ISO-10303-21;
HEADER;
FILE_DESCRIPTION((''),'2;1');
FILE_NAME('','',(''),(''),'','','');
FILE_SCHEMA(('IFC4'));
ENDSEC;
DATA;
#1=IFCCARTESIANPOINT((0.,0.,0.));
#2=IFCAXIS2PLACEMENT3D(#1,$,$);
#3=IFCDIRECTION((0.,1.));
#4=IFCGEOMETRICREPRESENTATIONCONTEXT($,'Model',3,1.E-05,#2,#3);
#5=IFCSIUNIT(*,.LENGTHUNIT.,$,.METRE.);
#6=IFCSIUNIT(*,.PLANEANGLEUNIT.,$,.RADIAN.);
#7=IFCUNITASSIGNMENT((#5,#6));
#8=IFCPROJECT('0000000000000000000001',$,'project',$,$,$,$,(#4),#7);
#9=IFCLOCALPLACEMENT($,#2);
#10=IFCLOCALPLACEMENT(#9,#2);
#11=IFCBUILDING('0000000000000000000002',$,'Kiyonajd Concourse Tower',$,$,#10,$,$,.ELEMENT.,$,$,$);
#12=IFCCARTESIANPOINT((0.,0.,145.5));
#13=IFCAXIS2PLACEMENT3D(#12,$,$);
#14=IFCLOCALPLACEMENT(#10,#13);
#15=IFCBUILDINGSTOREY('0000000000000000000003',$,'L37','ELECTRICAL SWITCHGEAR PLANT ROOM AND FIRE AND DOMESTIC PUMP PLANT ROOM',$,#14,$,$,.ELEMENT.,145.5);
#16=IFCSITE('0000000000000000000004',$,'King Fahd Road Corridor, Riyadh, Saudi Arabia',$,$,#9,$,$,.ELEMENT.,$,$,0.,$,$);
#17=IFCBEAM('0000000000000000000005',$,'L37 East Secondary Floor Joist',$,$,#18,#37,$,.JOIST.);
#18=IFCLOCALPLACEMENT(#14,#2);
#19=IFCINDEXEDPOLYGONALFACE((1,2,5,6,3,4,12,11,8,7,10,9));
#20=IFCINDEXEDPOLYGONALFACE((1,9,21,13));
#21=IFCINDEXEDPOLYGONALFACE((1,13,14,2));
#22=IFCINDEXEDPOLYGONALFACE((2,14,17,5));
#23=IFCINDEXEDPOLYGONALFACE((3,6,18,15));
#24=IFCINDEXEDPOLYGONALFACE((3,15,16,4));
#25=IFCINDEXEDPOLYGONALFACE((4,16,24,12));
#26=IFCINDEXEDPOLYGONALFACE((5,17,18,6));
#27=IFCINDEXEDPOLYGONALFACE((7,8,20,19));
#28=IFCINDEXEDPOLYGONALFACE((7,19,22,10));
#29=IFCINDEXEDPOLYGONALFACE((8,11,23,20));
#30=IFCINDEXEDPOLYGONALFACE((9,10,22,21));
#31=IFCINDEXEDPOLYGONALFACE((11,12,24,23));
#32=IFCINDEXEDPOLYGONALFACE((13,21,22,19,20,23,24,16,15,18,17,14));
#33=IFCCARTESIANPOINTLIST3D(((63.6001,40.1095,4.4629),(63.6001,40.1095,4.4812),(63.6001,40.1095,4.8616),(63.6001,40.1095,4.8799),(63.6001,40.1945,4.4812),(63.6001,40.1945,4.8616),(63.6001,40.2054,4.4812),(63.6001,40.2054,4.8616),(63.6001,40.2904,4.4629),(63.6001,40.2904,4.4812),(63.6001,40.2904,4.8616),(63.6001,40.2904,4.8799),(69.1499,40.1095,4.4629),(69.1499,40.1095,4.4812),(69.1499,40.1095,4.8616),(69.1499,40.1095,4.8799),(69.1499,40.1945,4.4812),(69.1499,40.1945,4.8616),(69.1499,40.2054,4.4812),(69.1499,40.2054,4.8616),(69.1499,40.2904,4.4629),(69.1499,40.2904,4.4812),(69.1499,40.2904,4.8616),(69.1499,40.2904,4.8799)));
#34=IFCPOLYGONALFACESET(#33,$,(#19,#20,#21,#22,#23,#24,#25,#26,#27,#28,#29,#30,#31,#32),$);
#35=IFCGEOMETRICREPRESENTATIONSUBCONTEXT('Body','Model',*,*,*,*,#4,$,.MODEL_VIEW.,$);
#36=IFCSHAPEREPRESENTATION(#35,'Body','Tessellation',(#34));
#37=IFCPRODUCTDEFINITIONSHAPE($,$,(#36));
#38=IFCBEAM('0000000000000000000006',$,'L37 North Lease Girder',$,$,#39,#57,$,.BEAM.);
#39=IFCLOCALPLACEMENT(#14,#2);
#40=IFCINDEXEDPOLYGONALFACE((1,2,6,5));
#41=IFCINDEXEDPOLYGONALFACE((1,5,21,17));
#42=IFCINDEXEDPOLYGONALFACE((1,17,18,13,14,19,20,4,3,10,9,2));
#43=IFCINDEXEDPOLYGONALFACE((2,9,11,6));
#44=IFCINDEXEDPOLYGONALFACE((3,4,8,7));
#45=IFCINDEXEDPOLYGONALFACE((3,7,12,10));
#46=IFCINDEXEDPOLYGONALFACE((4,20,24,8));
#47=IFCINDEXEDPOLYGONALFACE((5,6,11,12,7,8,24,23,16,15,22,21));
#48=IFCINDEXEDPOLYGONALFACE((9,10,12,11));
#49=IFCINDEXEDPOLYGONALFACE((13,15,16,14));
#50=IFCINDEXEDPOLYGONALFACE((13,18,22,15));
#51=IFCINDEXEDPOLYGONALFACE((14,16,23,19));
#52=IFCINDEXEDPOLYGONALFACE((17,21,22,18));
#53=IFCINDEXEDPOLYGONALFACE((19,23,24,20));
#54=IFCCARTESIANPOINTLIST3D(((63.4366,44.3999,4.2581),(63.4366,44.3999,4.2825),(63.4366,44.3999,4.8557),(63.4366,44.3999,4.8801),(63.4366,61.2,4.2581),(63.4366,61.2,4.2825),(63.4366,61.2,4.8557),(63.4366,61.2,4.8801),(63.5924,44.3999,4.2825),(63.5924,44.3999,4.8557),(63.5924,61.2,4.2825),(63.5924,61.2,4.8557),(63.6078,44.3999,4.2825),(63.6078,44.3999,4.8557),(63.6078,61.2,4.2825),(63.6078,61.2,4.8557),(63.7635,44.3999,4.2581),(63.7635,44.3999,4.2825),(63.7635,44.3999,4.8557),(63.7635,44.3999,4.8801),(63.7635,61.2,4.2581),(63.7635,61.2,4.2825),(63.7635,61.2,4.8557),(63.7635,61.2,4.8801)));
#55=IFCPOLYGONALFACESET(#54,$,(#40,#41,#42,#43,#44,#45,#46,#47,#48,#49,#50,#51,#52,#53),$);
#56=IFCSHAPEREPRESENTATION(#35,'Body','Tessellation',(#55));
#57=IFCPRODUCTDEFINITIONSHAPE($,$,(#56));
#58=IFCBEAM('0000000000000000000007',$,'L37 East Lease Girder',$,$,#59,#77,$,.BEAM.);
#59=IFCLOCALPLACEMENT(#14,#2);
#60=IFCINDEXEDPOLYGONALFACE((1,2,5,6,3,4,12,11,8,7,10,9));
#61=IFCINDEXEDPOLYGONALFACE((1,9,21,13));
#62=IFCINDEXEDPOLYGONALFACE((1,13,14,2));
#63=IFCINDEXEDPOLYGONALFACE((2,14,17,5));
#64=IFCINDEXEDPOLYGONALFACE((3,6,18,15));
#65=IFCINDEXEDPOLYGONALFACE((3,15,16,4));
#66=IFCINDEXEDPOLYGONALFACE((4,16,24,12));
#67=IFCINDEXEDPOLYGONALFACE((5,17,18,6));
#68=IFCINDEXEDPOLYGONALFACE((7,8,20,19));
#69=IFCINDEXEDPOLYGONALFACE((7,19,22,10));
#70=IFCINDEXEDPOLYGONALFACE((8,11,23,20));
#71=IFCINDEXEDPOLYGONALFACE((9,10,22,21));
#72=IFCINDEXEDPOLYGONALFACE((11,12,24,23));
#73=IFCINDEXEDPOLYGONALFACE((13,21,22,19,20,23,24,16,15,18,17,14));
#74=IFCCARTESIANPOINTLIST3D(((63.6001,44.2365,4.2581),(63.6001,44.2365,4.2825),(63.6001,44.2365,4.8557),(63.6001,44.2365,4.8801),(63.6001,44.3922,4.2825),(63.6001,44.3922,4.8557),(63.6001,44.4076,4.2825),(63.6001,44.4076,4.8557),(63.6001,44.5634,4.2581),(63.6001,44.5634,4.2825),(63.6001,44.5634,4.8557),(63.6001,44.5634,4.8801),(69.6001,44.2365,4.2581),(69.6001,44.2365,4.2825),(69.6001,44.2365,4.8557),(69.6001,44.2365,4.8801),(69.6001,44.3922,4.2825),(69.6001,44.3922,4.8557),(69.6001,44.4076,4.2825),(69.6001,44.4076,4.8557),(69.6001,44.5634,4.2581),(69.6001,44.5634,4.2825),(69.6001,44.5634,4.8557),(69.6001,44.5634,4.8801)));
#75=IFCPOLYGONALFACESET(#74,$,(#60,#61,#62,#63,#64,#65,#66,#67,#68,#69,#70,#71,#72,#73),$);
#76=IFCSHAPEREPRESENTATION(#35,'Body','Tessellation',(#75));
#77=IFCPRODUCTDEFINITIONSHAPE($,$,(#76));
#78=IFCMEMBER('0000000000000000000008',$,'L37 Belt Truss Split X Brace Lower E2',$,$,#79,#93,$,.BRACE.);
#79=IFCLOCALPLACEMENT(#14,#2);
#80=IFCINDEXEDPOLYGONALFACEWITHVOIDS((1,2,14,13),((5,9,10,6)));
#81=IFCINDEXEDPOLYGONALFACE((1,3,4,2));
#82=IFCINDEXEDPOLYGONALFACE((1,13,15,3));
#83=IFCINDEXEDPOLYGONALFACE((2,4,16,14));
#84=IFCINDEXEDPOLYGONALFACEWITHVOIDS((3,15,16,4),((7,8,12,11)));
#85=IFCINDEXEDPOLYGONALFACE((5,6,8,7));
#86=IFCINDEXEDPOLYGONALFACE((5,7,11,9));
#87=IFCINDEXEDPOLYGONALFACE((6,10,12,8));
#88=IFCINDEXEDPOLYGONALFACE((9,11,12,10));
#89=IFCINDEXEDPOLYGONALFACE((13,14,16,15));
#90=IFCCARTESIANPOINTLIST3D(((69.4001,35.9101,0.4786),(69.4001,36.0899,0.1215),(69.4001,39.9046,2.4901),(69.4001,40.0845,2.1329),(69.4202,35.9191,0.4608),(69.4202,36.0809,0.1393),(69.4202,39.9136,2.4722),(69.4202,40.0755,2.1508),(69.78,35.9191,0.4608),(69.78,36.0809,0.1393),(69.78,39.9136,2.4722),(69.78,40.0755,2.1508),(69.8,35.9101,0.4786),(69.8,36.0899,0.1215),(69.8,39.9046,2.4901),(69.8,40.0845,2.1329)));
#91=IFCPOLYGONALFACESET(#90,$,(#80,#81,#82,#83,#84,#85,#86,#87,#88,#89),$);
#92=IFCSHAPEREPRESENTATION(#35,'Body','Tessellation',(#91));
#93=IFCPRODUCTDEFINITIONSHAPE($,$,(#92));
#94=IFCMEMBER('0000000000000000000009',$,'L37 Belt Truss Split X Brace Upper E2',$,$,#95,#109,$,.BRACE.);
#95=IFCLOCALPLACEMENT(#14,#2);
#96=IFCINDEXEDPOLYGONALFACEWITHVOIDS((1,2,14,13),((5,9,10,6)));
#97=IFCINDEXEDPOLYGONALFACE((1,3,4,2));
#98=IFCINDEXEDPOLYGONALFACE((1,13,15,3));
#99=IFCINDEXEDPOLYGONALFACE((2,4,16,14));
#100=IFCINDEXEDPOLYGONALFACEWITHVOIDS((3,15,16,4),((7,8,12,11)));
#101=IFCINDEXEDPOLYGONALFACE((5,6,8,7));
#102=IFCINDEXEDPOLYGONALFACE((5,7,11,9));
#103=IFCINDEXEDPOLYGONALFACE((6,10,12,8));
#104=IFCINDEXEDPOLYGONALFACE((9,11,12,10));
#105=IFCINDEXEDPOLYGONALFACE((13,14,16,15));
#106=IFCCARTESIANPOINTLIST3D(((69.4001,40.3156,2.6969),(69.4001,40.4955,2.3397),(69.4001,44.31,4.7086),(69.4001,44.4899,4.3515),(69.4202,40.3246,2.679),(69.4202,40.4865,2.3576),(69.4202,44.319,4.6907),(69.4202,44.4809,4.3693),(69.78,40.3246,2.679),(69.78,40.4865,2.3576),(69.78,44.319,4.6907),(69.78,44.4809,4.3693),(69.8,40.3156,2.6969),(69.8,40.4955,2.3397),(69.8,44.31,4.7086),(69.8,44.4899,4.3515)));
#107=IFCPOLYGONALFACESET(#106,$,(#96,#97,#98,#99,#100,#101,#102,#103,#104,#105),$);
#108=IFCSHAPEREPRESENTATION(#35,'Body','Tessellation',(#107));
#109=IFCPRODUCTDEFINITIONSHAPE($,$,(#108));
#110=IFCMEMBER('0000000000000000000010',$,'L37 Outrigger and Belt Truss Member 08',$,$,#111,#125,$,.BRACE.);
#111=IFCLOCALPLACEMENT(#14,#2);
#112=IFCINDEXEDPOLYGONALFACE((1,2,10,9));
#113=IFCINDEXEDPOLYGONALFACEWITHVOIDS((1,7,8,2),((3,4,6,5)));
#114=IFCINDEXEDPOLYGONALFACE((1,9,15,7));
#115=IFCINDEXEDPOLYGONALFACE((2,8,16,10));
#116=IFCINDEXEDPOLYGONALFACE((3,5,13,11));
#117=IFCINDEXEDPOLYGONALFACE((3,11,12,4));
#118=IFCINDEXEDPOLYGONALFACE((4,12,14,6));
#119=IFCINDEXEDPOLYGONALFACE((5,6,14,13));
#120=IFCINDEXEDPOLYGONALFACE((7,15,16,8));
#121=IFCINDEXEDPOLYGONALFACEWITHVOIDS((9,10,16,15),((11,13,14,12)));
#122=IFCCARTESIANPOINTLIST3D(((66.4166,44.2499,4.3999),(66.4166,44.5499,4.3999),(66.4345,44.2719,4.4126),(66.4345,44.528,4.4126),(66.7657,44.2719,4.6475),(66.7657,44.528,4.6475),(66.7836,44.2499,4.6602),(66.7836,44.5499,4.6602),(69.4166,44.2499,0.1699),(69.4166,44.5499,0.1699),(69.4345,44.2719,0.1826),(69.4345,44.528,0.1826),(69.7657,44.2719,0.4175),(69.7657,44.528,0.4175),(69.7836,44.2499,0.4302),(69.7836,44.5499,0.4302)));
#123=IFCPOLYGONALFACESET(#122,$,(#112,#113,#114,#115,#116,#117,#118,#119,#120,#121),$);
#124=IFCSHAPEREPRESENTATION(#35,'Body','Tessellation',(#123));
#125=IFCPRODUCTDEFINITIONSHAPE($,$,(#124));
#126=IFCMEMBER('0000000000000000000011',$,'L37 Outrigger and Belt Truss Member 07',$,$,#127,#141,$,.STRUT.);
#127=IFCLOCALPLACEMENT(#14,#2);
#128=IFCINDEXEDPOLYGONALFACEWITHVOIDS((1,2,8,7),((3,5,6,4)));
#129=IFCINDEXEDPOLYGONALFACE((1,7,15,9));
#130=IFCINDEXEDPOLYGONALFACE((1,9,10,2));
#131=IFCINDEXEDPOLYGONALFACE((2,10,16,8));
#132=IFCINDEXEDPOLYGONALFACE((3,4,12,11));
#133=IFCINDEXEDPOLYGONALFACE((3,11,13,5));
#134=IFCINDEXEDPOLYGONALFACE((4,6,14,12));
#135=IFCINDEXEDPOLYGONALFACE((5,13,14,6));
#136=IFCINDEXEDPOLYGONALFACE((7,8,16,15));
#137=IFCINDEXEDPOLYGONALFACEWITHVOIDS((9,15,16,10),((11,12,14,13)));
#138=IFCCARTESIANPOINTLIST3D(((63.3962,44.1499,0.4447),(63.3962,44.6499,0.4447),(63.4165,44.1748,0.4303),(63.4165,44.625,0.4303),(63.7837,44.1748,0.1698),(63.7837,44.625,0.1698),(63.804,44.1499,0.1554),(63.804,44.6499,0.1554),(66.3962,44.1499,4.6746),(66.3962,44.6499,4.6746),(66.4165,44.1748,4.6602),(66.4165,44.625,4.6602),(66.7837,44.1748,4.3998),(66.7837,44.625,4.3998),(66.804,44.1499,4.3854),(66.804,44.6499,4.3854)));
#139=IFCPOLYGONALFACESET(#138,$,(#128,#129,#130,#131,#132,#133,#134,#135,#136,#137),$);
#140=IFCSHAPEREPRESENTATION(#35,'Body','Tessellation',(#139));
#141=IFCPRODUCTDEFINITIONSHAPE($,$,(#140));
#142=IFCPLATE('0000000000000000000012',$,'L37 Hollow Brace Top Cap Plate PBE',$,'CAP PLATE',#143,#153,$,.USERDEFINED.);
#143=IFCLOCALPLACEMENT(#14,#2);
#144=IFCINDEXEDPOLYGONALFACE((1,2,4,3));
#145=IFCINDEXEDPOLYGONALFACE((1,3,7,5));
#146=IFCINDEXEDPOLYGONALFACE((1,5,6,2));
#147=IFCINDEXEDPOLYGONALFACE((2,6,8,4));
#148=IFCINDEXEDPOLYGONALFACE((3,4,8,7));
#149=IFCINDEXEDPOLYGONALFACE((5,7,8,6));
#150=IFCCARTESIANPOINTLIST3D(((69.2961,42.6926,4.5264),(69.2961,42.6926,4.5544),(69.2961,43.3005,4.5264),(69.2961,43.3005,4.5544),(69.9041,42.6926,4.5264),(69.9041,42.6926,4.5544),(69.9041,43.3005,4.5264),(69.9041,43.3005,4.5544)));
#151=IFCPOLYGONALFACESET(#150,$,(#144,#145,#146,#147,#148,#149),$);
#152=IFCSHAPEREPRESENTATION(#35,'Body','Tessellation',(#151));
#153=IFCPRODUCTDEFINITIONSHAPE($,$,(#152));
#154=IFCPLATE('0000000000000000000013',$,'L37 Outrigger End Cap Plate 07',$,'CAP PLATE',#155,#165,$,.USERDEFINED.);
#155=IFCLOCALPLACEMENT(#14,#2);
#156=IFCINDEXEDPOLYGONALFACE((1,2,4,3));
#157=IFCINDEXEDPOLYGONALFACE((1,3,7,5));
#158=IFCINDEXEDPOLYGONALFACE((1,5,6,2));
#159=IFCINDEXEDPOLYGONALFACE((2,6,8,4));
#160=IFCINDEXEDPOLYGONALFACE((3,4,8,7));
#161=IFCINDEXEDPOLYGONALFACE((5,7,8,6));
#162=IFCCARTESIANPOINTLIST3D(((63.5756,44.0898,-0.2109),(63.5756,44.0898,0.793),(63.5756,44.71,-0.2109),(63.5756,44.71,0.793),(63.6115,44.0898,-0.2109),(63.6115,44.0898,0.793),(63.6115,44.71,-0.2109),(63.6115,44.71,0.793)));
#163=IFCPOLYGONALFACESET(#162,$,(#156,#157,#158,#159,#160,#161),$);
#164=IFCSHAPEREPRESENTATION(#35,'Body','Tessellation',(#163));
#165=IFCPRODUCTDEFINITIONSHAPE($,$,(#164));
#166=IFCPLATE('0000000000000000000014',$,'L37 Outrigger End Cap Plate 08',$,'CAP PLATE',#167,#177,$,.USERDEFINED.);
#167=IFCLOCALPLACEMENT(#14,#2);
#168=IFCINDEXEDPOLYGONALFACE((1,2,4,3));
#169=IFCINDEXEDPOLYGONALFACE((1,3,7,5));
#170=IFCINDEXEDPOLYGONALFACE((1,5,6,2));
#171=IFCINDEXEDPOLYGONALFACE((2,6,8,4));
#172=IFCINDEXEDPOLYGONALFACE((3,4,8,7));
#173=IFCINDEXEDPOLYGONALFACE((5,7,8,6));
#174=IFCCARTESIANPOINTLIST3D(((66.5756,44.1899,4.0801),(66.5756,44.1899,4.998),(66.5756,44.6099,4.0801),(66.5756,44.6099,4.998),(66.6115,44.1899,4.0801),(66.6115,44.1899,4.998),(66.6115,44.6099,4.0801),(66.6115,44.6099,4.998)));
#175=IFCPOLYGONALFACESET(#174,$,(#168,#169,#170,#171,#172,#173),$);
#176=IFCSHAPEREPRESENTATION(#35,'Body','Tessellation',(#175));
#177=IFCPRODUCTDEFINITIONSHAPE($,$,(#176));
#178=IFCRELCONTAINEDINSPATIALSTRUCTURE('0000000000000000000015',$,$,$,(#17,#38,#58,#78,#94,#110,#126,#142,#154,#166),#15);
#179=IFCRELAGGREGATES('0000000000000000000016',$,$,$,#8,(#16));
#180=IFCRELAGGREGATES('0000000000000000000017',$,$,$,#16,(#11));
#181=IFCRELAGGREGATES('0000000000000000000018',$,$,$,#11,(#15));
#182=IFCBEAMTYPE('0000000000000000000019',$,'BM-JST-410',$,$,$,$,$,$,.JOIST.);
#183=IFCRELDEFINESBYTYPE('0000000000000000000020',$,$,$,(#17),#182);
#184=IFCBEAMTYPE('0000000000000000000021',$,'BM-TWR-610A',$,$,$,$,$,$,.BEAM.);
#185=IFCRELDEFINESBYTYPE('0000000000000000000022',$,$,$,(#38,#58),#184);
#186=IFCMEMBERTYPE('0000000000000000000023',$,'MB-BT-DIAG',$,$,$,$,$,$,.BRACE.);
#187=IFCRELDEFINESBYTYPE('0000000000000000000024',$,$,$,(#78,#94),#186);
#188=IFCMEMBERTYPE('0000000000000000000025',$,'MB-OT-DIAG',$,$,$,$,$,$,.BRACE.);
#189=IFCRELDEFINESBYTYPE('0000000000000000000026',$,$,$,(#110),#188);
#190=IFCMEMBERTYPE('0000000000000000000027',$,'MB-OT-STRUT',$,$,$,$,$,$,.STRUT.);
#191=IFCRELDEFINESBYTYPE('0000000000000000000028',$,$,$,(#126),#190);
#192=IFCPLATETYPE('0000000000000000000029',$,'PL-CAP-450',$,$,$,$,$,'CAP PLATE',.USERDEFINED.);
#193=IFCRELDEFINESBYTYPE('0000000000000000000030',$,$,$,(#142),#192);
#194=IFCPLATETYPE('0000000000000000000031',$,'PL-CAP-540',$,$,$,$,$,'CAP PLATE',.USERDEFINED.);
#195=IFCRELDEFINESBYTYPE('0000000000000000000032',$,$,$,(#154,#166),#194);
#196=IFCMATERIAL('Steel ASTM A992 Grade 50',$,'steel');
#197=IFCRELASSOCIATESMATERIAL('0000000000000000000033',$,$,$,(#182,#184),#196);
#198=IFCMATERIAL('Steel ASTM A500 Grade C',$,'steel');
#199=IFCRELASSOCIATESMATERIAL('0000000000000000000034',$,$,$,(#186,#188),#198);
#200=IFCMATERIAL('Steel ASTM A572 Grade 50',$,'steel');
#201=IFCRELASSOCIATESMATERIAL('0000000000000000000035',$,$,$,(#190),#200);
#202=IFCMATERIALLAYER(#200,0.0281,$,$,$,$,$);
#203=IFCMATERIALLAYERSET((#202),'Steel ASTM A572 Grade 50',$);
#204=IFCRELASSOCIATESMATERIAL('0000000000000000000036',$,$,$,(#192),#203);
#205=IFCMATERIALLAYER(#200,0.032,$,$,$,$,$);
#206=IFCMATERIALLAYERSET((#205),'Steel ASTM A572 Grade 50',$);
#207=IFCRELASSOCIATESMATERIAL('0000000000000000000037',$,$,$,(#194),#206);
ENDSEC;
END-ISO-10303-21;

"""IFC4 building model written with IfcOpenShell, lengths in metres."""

from ifc_helpers import new_model, si_unit, direction, frame, origin, origin_2d, place, context, subcontext, project, spatial, rectangle, hollow_rectangle, i_section, extrude, material, layer, layer_set, material_profile, profile_set, type_object, element, save


model = new_model("IFC4")

# Units and contexts
model_context = context("Model", 3, precision=1e-05, world=origin(), true_north=direction((0.0, 1.0)))
body_context = subcontext(model_context, "Body", "Model", "MODEL_VIEW")
ifc_project = project(units=[si_unit("LENGTHUNIT", "METRE"), si_unit("PLANEANGLEUNIT", "RADIAN")], contexts=[model_context])

# Site, building, storey
site_placement = place(None, origin())
site = spatial("IfcSite", under=ifc_project, at=site_placement, Name="King Fahd Road Corridor, Riyadh, Saudi Arabia", CompositionType="ELEMENT", RefElevation=0.0)
building_placement = place(site_placement, origin())
building = spatial("IfcBuilding", under=site, at=building_placement, Name="Kiyonajd Concourse Tower", CompositionType="ELEMENT")
storey_placement = place(building_placement, frame((0.0, 0.0, 145.5)))
storey = spatial("IfcBuildingStorey", under=building, at=storey_placement, Name="L37", Description="ELECTRICAL SWITCHGEAR PLANT ROOM AND FIRE AND DOMESTIC PUMP PLANT ROOM", CompositionType="ELEMENT", Elevation=145.5)

# Beams
ifc_material_1 = material(Name="Steel ASTM A992 Grade 50", Category="steel")
ifc_material_profile_1 = material_profile(ifc_material_1, i_section(OverallWidth=0.1809, OverallDepth=0.417, WebThickness=0.011, FlangeThickness=0.0183, at=origin_2d()), Name="W410X85")
ifc_profile_set_1 = profile_set([ifc_material_profile_1], Name="Steel ASTM A992 Grade 50")
beam_type_1 = type_object("IfcBeamType", Name="BM-JST-410", PredefinedType="JOIST", material=ifc_profile_set_1)
beam_1_placement = place(storey_placement, frame((63.6001, 40.2, 4.6714), z_axis=(1.0, 0.0, 0.0), x_axis=(0.0, 1.0, 0.0)))
element("IfcBeam", 1, at=beam_1_placement, inside=storey, type_object=beam_type_1, Name="L37 East Secondary Floor Joist", PredefinedType="JOIST", context=body_context, shape_type="SweptSolid", body=[
    extrude(i_section(OverallWidth=0.1809, OverallDepth=0.417, WebThickness=0.011, FlangeThickness=0.0183, at=origin_2d()), origin(), (0.0, 0.0, 1.0), 5.5498),
])
ifc_material_profile_2 = material_profile(ifc_material_1, i_section(OverallWidth=0.3269, OverallDepth=0.6221, WebThickness=0.0154, FlangeThickness=0.0244, at=origin_2d()), Name="W610X195")
ifc_profile_set_2 = profile_set([ifc_material_profile_2], Name="Steel ASTM A992 Grade 50")
beam_type_2 = type_object("IfcBeamType", Name="BM-TWR-610A", PredefinedType="BEAM", material=ifc_profile_set_2)
beam_2_placement = place(storey_placement, frame((63.6001, 44.3999, 4.5691), z_axis=(0.0, 1.0, 0.0), x_axis=(-1.0, 0.0, 0.0)))
element("IfcBeam", 2, at=beam_2_placement, inside=storey, type_object=beam_type_2, Name="L37 North Lease Girder", PredefinedType="BEAM", context=body_context, shape_type="SweptSolid", body=[
    extrude(i_section(OverallWidth=0.3269, OverallDepth=0.6221, WebThickness=0.0154, FlangeThickness=0.0244, at=origin_2d()), origin(), (0.0, 0.0, 1.0), 16.8),
])
beam_3_placement = place(storey_placement, frame((63.6001, 44.3999, 4.5691), z_axis=(1.0, 0.0, 0.0), x_axis=(0.0, 1.0, 0.0)))
element("IfcBeam", 3, at=beam_3_placement, inside=storey, type_object=beam_type_2, Name="L37 East Lease Girder", PredefinedType="BEAM", context=body_context, shape_type="SweptSolid", body=[
    extrude(i_section(OverallWidth=0.3269, OverallDepth=0.6221, WebThickness=0.0154, FlangeThickness=0.0244, at=origin_2d()), origin(), (0.0, 0.0, 1.0), 6.0),
])

# Members
ifc_material_2 = material(Name="Steel ASTM A500 Grade C", Category="steel")
ifc_material_profile_3 = material_profile(ifc_material_2, hollow_rectangle(XDim=0.3999, YDim=0.3999, WallThickness=0.02, at=origin_2d()), Name="HSS-400x400x20")
ifc_profile_set_3 = profile_set([ifc_material_profile_3], Name="Steel ASTM A500 Grade C")
member_type_1 = type_object("IfcMemberType", Name="MB-BT-DIAG", PredefinedType="BRACE", material=ifc_profile_set_3)
for number, where, z_axis, x_axis, name in (
    (4, (69.6001, 36.0, 0.3), (0.0, 0.893157, 0.449745), (-1.0, 0.0, 0.0), "L37 Belt Truss Split X Brace Lower E2"),
    (5, (69.6001, 40.4055, 2.5183), (0.0, 0.893124, 0.44981), (-1.0, 0.0, 0.0), "L37 Belt Truss Split X Brace Upper E2"),
):
    element("IfcMember", number, at=place(storey_placement, frame(where, z_axis=z_axis, x_axis=x_axis)), inside=storey, type_object=member_type_1, Name=name, PredefinedType="BRACE", context=body_context, shape_type="SweptSolid", body=[
        extrude(hollow_rectangle(XDim=0.3999, YDim=0.3999, WallThickness=0.02, at=origin_2d()), origin(), (0.0, 0.0, 1.0), 4.4724),
    ])
ifc_material_profile_4 = material_profile(ifc_material_2, hollow_rectangle(XDim=0.3, YDim=0.45, WallThickness=0.022, at=origin_2d()), Name="HSS-450x300x22")
ifc_profile_set_4 = profile_set([ifc_material_profile_4], Name="Steel ASTM A500 Grade C")
member_type_2 = type_object("IfcMemberType", Name="MB-OT-DIAG", PredefinedType="BRACE", material=ifc_profile_set_4)
member_1_placement = place(storey_placement, frame((66.6001, 44.3999, 4.53), z_axis=(0.578501, 0.0, -0.815682), x_axis=(0.0, 1.0, 0.0)))
element("IfcMember", 6, at=member_1_placement, inside=storey, type_object=member_type_2, Name="L37 Outrigger and Belt Truss Member 08", PredefinedType="BRACE", context=body_context, shape_type="SweptSolid", body=[
    extrude(hollow_rectangle(XDim=0.3, YDim=0.45, WallThickness=0.022, at=origin_2d()), origin(), (0.0, 0.0, 1.0), 5.1858),
])
ifc_material_3 = material(Name="Steel ASTM A572 Grade 50", Category="steel")
ifc_material_profile_5 = material_profile(ifc_material_3, hollow_rectangle(XDim=0.5, YDim=0.5, WallThickness=0.0249, at=origin_2d()), Name="HSS-500x500x25")
ifc_profile_set_5 = profile_set([ifc_material_profile_5], Name="Steel ASTM A572 Grade 50")
member_type_3 = type_object("IfcMemberType", Name="MB-OT-STRUT", PredefinedType="STRUT", material=ifc_profile_set_5)
member_2_placement = place(storey_placement, frame((63.6001, 44.3999, 0.3), z_axis=(0.578501, 0.0, 0.815682), x_axis=(0.0, 1.0, 0.0)))
element("IfcMember", 7, at=member_2_placement, inside=storey, type_object=member_type_3, Name="L37 Outrigger and Belt Truss Member 07", PredefinedType="STRUT", context=body_context, shape_type="SweptSolid", body=[
    extrude(hollow_rectangle(XDim=0.5, YDim=0.5, WallThickness=0.0249, at=origin_2d()), origin(), (0.0, 0.0, 1.0), 5.1858),
])

# Plates
ifc_layer_1 = layer(ifc_material_3, 0.0281)
ifc_layer_set_1 = layer_set([ifc_layer_1], Name="Steel ASTM A572 Grade 50")
plate_type_1 = type_object("IfcPlateType", Name="PL-CAP-450", ElementType="CAP PLATE", PredefinedType="USERDEFINED", material=ifc_layer_set_1)
plate_1_placement = place(storey_placement, frame((69.6001, 42.9966, 4.5264), z_axis=(0.0, 0.0, 1.0), x_axis=(1.0, 0.0, 0.0)))
element("IfcPlate", 8, at=plate_1_placement, inside=storey, type_object=plate_type_1, Name="L37 Hollow Brace Top Cap Plate PBE", ObjectType="CAP PLATE", PredefinedType="USERDEFINED", context=body_context, shape_type="SweptSolid", body=[
    extrude(rectangle(XDim=0.6079, YDim=0.6079, at=origin_2d()), origin(), (0.0, 0.0, 1.0), 0.0281),
])
ifc_layer_2 = layer(ifc_material_3, 0.032)
ifc_layer_set_2 = layer_set([ifc_layer_2], Name="Steel ASTM A572 Grade 50")
plate_type_2 = type_object("IfcPlateType", Name="PL-CAP-540", ElementType="CAP PLATE", PredefinedType="USERDEFINED", material=ifc_layer_set_2)
plate_2_placement = place(storey_placement, frame((63.5935, 44.3999, -0.2109), z_axis=(0.0, 0.0, 1.0), x_axis=(-1.0, 0.0, 0.0)))
element("IfcPlate", 9, at=plate_2_placement, inside=storey, type_object=plate_type_2, Name="L37 Outrigger End Cap Plate 07", ObjectType="CAP PLATE", PredefinedType="USERDEFINED", context=body_context, shape_type="SweptSolid", body=[
    extrude(rectangle(XDim=0.0359, YDim=0.6201, at=origin_2d()), origin(), (0.0, 0.0, 1.0), 1.0039),
])
plate_3_placement = place(storey_placement, frame((66.5935, 44.3999, 4.0801), z_axis=(0.0, 0.0, 1.0), x_axis=(-1.0, 0.0, 0.0)))
element("IfcPlate", 10, at=plate_3_placement, inside=storey, type_object=plate_type_2, Name="L37 Outrigger End Cap Plate 08", ObjectType="CAP PLATE", PredefinedType="USERDEFINED", context=body_context, shape_type="SweptSolid", body=[
    extrude(rectangle(XDim=0.0359, YDim=0.4199, at=origin_2d()), origin(), (0.0, 0.0, 1.0), 0.918),
])

save(model, "model.ifc")
